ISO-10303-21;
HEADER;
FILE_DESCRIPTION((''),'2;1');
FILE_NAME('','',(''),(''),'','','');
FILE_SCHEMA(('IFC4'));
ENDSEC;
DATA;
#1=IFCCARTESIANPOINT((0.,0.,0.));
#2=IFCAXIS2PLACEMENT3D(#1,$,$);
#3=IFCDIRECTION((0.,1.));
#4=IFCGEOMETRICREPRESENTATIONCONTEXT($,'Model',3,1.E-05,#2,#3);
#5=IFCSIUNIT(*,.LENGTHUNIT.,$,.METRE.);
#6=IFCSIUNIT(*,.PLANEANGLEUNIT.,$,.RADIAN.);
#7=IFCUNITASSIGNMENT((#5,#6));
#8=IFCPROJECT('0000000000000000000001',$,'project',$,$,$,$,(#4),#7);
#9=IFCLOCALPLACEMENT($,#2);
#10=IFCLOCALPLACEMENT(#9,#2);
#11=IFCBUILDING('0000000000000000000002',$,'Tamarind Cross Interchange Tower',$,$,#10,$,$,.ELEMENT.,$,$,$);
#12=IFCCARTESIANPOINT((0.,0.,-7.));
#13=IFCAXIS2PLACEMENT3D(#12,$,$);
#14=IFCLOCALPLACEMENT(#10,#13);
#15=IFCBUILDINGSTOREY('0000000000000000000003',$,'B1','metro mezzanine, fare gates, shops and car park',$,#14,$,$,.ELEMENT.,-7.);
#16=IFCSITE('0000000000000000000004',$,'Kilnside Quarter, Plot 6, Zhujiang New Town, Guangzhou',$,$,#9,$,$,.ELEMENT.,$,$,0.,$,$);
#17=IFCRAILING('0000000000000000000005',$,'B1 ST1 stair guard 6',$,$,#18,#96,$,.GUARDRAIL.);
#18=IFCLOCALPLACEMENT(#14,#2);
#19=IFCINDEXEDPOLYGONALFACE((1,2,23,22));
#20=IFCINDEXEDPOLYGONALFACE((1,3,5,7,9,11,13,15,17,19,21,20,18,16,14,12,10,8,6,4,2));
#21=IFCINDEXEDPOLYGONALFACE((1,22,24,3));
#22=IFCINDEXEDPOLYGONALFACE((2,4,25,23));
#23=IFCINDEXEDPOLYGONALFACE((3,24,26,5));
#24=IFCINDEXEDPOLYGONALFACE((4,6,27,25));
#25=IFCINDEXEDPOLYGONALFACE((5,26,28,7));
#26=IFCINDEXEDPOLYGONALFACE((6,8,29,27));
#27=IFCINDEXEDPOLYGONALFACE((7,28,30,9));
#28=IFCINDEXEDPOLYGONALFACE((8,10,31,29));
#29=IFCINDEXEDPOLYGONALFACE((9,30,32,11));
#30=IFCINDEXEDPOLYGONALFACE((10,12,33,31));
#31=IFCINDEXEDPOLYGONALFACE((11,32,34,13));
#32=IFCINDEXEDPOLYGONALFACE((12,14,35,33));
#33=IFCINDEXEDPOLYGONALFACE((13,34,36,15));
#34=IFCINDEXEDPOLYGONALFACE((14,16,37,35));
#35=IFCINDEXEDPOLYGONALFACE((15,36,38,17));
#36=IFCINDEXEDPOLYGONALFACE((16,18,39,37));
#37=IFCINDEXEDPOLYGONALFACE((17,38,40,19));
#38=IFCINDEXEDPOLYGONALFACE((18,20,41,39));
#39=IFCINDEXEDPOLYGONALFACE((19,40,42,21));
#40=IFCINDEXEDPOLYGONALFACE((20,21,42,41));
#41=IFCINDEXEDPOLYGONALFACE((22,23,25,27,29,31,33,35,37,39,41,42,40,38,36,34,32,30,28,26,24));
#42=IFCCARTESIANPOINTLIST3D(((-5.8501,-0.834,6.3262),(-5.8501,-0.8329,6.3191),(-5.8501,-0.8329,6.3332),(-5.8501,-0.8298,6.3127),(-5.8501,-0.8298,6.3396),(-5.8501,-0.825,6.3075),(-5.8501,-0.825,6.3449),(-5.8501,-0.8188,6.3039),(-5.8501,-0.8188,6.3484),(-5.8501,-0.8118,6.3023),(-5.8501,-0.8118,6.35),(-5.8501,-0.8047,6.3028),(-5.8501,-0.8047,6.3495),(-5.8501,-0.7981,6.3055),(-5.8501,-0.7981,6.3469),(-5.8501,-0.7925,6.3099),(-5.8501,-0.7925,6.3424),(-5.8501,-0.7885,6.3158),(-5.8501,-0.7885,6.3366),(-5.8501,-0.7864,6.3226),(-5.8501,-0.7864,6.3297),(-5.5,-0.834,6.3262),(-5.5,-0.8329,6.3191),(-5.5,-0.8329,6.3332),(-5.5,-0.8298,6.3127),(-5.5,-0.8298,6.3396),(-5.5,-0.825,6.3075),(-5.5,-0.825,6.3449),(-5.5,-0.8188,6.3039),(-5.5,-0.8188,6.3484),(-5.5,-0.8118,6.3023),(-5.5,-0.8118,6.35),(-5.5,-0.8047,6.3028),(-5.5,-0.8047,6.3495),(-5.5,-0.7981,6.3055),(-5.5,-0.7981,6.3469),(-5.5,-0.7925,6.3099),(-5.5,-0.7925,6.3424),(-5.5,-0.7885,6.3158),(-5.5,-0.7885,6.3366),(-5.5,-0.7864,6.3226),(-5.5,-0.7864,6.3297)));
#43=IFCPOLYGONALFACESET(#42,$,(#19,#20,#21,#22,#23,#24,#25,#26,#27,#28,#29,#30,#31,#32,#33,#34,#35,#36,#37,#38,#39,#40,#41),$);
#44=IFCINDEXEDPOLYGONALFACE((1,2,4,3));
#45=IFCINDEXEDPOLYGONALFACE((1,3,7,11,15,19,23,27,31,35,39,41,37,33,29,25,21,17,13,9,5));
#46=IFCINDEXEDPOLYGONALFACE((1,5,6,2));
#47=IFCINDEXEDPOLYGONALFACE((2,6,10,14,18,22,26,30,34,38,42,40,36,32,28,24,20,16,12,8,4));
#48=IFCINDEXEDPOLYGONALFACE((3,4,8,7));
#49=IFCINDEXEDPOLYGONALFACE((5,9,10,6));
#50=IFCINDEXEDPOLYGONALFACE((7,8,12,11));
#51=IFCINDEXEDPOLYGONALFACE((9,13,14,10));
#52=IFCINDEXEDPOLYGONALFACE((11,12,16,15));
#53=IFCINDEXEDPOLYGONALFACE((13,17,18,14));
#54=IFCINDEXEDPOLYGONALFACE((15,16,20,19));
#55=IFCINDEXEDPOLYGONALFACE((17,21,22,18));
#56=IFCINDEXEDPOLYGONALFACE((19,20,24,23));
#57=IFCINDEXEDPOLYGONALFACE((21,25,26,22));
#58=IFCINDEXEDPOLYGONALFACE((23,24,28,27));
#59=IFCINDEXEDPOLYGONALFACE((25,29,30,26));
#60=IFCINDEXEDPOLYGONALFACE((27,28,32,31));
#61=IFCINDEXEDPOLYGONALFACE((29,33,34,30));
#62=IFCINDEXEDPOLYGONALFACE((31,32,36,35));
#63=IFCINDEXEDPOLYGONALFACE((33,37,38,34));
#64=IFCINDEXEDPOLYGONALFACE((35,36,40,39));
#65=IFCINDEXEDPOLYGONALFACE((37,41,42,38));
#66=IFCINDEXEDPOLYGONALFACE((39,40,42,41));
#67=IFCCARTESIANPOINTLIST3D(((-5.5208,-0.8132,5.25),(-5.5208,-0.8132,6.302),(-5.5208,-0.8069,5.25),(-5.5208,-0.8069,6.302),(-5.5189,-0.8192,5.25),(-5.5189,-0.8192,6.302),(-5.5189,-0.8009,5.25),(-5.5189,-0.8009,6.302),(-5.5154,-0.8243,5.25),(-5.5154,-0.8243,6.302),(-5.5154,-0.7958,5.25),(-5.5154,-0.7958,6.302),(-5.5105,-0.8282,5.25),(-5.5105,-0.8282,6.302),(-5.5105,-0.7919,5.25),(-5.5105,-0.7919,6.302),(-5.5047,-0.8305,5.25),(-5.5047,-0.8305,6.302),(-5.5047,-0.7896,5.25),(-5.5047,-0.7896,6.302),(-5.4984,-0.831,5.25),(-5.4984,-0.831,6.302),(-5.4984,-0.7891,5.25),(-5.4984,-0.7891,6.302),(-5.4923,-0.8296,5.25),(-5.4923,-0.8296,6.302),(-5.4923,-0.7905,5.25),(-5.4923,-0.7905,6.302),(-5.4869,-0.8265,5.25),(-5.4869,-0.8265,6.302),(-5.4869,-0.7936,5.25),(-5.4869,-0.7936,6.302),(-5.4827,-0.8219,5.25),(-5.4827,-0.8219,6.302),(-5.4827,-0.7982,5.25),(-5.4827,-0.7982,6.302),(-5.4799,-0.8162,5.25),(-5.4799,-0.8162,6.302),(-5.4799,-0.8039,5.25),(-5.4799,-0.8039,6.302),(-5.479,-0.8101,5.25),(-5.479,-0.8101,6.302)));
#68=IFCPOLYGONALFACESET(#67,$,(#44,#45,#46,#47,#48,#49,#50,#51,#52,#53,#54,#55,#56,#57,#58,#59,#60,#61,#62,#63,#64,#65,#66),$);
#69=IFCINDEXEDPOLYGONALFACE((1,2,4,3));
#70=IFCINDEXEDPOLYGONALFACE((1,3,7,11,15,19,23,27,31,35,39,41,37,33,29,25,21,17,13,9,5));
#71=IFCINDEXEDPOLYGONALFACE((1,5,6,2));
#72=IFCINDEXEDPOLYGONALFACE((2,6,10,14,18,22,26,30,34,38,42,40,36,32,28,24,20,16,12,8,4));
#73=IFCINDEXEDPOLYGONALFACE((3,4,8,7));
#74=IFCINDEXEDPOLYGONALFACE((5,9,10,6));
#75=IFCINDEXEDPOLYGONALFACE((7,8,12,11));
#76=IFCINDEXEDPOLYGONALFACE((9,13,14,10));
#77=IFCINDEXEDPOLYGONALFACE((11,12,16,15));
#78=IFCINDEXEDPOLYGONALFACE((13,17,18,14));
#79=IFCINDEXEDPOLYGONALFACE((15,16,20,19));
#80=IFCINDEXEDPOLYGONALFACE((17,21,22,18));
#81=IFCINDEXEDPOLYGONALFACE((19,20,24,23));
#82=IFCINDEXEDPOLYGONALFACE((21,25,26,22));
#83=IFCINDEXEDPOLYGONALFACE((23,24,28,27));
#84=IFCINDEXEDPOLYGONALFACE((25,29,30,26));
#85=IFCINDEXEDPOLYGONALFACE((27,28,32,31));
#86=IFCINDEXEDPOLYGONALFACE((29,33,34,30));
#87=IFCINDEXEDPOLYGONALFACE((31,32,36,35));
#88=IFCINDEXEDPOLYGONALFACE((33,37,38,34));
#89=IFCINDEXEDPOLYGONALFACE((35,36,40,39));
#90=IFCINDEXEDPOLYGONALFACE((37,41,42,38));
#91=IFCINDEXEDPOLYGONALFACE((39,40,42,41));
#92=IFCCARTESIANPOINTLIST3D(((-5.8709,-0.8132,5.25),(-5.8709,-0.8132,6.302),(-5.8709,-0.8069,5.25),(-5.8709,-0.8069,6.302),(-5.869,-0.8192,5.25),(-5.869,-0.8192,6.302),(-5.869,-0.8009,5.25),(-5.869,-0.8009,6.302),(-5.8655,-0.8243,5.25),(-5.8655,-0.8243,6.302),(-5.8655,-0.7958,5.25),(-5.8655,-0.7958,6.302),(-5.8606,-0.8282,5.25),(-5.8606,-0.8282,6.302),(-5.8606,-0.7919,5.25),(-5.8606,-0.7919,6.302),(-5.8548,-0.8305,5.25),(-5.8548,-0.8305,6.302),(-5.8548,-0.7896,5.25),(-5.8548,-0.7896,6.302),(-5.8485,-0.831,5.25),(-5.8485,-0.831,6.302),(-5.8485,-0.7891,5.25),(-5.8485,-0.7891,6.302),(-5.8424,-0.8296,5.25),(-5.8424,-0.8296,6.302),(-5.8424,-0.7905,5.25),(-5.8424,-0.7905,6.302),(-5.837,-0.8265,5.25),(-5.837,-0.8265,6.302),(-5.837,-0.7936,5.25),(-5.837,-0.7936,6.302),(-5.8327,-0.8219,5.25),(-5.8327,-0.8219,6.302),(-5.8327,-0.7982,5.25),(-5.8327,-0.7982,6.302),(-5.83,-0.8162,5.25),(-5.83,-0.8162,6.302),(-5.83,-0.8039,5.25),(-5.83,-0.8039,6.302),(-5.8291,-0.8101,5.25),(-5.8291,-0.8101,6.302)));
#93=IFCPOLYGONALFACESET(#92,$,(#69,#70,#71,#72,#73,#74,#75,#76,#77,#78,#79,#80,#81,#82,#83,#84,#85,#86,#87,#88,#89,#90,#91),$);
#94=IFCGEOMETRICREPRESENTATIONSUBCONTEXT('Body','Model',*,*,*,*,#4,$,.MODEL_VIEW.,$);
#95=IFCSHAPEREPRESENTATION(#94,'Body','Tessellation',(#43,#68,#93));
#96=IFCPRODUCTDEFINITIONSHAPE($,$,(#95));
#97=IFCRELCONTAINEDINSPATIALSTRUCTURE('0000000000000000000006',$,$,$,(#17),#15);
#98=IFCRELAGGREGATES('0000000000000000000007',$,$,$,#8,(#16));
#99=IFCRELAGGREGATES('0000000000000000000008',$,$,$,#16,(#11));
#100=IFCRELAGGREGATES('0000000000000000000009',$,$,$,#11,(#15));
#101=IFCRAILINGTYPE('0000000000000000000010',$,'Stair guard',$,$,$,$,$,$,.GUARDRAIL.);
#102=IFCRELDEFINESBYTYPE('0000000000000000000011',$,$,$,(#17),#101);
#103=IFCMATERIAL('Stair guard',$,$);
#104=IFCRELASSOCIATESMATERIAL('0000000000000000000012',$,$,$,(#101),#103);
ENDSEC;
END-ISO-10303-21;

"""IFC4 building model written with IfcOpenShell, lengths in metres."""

from ifc_helpers import new_model, si_unit, direction, frame, origin, origin_2d, place, context, subcontext, project, spatial, circle, extrude, material, type_object, element, save


model = new_model("IFC4")

# Units and contexts
model_context = context("Model", 3, precision=1e-05, world=origin(), true_north=direction((0.0, 1.0)))
body_context = subcontext(model_context, "Body", "Model", "MODEL_VIEW")
ifc_project = project(units=[si_unit("LENGTHUNIT", "METRE"), si_unit("PLANEANGLEUNIT", "RADIAN")], contexts=[model_context])

# Site, building, storey
site_placement = place(None, origin())
site = spatial("IfcSite", under=ifc_project, at=site_placement, Name="Kilnside Quarter, Plot 6, Zhujiang New Town, Guangzhou", CompositionType="ELEMENT", RefElevation=0.0)
building_placement = place(site_placement, origin())
building = spatial("IfcBuilding", under=site, at=building_placement, Name="Tamarind Cross Interchange Tower", CompositionType="ELEMENT")
storey_placement = place(building_placement, frame((0.0, 0.0, -7.0)))
storey = spatial("IfcBuildingStorey", under=building, at=storey_placement, Name="B1", Description="metro mezzanine, fare gates, shops and car park", CompositionType="ELEMENT", Elevation=-7.0)

# Railing
ifc_material_1 = material(Name="Stair guard")
railing_type_1 = type_object("IfcRailingType", Name="Stair guard", PredefinedType="GUARDRAIL", material=ifc_material_1)
railing_1_placement = place(storey_placement, frame((-5.5, -0.8101, 5.25)))
element("IfcRailing", 1, at=railing_1_placement, inside=storey, type_object=railing_type_1, Name="B1 ST1 stair guard 6", PredefinedType="GUARDRAIL", context=body_context, shape_type="SweptSolid", body=[
    extrude(circle(Radius=0.0239, at=origin_2d()), frame((0.0, 0.0, 1.0762), z_axis=(-1.0, 0.0, 0.0), x_axis=(0.0, -1.0, 0.0)), (0.0, 0.0, 1.0), 0.3501),
    extrude(circle(Radius=0.021, at=origin_2d()), origin(), (0.0, 0.0, 1.0), 1.052),
    extrude(circle(Radius=0.021, at=origin_2d()), frame((-0.3501, 0.0, 0.0)), (0.0, 0.0, 1.0), 1.052),
])

save(model, "model.ifc")
